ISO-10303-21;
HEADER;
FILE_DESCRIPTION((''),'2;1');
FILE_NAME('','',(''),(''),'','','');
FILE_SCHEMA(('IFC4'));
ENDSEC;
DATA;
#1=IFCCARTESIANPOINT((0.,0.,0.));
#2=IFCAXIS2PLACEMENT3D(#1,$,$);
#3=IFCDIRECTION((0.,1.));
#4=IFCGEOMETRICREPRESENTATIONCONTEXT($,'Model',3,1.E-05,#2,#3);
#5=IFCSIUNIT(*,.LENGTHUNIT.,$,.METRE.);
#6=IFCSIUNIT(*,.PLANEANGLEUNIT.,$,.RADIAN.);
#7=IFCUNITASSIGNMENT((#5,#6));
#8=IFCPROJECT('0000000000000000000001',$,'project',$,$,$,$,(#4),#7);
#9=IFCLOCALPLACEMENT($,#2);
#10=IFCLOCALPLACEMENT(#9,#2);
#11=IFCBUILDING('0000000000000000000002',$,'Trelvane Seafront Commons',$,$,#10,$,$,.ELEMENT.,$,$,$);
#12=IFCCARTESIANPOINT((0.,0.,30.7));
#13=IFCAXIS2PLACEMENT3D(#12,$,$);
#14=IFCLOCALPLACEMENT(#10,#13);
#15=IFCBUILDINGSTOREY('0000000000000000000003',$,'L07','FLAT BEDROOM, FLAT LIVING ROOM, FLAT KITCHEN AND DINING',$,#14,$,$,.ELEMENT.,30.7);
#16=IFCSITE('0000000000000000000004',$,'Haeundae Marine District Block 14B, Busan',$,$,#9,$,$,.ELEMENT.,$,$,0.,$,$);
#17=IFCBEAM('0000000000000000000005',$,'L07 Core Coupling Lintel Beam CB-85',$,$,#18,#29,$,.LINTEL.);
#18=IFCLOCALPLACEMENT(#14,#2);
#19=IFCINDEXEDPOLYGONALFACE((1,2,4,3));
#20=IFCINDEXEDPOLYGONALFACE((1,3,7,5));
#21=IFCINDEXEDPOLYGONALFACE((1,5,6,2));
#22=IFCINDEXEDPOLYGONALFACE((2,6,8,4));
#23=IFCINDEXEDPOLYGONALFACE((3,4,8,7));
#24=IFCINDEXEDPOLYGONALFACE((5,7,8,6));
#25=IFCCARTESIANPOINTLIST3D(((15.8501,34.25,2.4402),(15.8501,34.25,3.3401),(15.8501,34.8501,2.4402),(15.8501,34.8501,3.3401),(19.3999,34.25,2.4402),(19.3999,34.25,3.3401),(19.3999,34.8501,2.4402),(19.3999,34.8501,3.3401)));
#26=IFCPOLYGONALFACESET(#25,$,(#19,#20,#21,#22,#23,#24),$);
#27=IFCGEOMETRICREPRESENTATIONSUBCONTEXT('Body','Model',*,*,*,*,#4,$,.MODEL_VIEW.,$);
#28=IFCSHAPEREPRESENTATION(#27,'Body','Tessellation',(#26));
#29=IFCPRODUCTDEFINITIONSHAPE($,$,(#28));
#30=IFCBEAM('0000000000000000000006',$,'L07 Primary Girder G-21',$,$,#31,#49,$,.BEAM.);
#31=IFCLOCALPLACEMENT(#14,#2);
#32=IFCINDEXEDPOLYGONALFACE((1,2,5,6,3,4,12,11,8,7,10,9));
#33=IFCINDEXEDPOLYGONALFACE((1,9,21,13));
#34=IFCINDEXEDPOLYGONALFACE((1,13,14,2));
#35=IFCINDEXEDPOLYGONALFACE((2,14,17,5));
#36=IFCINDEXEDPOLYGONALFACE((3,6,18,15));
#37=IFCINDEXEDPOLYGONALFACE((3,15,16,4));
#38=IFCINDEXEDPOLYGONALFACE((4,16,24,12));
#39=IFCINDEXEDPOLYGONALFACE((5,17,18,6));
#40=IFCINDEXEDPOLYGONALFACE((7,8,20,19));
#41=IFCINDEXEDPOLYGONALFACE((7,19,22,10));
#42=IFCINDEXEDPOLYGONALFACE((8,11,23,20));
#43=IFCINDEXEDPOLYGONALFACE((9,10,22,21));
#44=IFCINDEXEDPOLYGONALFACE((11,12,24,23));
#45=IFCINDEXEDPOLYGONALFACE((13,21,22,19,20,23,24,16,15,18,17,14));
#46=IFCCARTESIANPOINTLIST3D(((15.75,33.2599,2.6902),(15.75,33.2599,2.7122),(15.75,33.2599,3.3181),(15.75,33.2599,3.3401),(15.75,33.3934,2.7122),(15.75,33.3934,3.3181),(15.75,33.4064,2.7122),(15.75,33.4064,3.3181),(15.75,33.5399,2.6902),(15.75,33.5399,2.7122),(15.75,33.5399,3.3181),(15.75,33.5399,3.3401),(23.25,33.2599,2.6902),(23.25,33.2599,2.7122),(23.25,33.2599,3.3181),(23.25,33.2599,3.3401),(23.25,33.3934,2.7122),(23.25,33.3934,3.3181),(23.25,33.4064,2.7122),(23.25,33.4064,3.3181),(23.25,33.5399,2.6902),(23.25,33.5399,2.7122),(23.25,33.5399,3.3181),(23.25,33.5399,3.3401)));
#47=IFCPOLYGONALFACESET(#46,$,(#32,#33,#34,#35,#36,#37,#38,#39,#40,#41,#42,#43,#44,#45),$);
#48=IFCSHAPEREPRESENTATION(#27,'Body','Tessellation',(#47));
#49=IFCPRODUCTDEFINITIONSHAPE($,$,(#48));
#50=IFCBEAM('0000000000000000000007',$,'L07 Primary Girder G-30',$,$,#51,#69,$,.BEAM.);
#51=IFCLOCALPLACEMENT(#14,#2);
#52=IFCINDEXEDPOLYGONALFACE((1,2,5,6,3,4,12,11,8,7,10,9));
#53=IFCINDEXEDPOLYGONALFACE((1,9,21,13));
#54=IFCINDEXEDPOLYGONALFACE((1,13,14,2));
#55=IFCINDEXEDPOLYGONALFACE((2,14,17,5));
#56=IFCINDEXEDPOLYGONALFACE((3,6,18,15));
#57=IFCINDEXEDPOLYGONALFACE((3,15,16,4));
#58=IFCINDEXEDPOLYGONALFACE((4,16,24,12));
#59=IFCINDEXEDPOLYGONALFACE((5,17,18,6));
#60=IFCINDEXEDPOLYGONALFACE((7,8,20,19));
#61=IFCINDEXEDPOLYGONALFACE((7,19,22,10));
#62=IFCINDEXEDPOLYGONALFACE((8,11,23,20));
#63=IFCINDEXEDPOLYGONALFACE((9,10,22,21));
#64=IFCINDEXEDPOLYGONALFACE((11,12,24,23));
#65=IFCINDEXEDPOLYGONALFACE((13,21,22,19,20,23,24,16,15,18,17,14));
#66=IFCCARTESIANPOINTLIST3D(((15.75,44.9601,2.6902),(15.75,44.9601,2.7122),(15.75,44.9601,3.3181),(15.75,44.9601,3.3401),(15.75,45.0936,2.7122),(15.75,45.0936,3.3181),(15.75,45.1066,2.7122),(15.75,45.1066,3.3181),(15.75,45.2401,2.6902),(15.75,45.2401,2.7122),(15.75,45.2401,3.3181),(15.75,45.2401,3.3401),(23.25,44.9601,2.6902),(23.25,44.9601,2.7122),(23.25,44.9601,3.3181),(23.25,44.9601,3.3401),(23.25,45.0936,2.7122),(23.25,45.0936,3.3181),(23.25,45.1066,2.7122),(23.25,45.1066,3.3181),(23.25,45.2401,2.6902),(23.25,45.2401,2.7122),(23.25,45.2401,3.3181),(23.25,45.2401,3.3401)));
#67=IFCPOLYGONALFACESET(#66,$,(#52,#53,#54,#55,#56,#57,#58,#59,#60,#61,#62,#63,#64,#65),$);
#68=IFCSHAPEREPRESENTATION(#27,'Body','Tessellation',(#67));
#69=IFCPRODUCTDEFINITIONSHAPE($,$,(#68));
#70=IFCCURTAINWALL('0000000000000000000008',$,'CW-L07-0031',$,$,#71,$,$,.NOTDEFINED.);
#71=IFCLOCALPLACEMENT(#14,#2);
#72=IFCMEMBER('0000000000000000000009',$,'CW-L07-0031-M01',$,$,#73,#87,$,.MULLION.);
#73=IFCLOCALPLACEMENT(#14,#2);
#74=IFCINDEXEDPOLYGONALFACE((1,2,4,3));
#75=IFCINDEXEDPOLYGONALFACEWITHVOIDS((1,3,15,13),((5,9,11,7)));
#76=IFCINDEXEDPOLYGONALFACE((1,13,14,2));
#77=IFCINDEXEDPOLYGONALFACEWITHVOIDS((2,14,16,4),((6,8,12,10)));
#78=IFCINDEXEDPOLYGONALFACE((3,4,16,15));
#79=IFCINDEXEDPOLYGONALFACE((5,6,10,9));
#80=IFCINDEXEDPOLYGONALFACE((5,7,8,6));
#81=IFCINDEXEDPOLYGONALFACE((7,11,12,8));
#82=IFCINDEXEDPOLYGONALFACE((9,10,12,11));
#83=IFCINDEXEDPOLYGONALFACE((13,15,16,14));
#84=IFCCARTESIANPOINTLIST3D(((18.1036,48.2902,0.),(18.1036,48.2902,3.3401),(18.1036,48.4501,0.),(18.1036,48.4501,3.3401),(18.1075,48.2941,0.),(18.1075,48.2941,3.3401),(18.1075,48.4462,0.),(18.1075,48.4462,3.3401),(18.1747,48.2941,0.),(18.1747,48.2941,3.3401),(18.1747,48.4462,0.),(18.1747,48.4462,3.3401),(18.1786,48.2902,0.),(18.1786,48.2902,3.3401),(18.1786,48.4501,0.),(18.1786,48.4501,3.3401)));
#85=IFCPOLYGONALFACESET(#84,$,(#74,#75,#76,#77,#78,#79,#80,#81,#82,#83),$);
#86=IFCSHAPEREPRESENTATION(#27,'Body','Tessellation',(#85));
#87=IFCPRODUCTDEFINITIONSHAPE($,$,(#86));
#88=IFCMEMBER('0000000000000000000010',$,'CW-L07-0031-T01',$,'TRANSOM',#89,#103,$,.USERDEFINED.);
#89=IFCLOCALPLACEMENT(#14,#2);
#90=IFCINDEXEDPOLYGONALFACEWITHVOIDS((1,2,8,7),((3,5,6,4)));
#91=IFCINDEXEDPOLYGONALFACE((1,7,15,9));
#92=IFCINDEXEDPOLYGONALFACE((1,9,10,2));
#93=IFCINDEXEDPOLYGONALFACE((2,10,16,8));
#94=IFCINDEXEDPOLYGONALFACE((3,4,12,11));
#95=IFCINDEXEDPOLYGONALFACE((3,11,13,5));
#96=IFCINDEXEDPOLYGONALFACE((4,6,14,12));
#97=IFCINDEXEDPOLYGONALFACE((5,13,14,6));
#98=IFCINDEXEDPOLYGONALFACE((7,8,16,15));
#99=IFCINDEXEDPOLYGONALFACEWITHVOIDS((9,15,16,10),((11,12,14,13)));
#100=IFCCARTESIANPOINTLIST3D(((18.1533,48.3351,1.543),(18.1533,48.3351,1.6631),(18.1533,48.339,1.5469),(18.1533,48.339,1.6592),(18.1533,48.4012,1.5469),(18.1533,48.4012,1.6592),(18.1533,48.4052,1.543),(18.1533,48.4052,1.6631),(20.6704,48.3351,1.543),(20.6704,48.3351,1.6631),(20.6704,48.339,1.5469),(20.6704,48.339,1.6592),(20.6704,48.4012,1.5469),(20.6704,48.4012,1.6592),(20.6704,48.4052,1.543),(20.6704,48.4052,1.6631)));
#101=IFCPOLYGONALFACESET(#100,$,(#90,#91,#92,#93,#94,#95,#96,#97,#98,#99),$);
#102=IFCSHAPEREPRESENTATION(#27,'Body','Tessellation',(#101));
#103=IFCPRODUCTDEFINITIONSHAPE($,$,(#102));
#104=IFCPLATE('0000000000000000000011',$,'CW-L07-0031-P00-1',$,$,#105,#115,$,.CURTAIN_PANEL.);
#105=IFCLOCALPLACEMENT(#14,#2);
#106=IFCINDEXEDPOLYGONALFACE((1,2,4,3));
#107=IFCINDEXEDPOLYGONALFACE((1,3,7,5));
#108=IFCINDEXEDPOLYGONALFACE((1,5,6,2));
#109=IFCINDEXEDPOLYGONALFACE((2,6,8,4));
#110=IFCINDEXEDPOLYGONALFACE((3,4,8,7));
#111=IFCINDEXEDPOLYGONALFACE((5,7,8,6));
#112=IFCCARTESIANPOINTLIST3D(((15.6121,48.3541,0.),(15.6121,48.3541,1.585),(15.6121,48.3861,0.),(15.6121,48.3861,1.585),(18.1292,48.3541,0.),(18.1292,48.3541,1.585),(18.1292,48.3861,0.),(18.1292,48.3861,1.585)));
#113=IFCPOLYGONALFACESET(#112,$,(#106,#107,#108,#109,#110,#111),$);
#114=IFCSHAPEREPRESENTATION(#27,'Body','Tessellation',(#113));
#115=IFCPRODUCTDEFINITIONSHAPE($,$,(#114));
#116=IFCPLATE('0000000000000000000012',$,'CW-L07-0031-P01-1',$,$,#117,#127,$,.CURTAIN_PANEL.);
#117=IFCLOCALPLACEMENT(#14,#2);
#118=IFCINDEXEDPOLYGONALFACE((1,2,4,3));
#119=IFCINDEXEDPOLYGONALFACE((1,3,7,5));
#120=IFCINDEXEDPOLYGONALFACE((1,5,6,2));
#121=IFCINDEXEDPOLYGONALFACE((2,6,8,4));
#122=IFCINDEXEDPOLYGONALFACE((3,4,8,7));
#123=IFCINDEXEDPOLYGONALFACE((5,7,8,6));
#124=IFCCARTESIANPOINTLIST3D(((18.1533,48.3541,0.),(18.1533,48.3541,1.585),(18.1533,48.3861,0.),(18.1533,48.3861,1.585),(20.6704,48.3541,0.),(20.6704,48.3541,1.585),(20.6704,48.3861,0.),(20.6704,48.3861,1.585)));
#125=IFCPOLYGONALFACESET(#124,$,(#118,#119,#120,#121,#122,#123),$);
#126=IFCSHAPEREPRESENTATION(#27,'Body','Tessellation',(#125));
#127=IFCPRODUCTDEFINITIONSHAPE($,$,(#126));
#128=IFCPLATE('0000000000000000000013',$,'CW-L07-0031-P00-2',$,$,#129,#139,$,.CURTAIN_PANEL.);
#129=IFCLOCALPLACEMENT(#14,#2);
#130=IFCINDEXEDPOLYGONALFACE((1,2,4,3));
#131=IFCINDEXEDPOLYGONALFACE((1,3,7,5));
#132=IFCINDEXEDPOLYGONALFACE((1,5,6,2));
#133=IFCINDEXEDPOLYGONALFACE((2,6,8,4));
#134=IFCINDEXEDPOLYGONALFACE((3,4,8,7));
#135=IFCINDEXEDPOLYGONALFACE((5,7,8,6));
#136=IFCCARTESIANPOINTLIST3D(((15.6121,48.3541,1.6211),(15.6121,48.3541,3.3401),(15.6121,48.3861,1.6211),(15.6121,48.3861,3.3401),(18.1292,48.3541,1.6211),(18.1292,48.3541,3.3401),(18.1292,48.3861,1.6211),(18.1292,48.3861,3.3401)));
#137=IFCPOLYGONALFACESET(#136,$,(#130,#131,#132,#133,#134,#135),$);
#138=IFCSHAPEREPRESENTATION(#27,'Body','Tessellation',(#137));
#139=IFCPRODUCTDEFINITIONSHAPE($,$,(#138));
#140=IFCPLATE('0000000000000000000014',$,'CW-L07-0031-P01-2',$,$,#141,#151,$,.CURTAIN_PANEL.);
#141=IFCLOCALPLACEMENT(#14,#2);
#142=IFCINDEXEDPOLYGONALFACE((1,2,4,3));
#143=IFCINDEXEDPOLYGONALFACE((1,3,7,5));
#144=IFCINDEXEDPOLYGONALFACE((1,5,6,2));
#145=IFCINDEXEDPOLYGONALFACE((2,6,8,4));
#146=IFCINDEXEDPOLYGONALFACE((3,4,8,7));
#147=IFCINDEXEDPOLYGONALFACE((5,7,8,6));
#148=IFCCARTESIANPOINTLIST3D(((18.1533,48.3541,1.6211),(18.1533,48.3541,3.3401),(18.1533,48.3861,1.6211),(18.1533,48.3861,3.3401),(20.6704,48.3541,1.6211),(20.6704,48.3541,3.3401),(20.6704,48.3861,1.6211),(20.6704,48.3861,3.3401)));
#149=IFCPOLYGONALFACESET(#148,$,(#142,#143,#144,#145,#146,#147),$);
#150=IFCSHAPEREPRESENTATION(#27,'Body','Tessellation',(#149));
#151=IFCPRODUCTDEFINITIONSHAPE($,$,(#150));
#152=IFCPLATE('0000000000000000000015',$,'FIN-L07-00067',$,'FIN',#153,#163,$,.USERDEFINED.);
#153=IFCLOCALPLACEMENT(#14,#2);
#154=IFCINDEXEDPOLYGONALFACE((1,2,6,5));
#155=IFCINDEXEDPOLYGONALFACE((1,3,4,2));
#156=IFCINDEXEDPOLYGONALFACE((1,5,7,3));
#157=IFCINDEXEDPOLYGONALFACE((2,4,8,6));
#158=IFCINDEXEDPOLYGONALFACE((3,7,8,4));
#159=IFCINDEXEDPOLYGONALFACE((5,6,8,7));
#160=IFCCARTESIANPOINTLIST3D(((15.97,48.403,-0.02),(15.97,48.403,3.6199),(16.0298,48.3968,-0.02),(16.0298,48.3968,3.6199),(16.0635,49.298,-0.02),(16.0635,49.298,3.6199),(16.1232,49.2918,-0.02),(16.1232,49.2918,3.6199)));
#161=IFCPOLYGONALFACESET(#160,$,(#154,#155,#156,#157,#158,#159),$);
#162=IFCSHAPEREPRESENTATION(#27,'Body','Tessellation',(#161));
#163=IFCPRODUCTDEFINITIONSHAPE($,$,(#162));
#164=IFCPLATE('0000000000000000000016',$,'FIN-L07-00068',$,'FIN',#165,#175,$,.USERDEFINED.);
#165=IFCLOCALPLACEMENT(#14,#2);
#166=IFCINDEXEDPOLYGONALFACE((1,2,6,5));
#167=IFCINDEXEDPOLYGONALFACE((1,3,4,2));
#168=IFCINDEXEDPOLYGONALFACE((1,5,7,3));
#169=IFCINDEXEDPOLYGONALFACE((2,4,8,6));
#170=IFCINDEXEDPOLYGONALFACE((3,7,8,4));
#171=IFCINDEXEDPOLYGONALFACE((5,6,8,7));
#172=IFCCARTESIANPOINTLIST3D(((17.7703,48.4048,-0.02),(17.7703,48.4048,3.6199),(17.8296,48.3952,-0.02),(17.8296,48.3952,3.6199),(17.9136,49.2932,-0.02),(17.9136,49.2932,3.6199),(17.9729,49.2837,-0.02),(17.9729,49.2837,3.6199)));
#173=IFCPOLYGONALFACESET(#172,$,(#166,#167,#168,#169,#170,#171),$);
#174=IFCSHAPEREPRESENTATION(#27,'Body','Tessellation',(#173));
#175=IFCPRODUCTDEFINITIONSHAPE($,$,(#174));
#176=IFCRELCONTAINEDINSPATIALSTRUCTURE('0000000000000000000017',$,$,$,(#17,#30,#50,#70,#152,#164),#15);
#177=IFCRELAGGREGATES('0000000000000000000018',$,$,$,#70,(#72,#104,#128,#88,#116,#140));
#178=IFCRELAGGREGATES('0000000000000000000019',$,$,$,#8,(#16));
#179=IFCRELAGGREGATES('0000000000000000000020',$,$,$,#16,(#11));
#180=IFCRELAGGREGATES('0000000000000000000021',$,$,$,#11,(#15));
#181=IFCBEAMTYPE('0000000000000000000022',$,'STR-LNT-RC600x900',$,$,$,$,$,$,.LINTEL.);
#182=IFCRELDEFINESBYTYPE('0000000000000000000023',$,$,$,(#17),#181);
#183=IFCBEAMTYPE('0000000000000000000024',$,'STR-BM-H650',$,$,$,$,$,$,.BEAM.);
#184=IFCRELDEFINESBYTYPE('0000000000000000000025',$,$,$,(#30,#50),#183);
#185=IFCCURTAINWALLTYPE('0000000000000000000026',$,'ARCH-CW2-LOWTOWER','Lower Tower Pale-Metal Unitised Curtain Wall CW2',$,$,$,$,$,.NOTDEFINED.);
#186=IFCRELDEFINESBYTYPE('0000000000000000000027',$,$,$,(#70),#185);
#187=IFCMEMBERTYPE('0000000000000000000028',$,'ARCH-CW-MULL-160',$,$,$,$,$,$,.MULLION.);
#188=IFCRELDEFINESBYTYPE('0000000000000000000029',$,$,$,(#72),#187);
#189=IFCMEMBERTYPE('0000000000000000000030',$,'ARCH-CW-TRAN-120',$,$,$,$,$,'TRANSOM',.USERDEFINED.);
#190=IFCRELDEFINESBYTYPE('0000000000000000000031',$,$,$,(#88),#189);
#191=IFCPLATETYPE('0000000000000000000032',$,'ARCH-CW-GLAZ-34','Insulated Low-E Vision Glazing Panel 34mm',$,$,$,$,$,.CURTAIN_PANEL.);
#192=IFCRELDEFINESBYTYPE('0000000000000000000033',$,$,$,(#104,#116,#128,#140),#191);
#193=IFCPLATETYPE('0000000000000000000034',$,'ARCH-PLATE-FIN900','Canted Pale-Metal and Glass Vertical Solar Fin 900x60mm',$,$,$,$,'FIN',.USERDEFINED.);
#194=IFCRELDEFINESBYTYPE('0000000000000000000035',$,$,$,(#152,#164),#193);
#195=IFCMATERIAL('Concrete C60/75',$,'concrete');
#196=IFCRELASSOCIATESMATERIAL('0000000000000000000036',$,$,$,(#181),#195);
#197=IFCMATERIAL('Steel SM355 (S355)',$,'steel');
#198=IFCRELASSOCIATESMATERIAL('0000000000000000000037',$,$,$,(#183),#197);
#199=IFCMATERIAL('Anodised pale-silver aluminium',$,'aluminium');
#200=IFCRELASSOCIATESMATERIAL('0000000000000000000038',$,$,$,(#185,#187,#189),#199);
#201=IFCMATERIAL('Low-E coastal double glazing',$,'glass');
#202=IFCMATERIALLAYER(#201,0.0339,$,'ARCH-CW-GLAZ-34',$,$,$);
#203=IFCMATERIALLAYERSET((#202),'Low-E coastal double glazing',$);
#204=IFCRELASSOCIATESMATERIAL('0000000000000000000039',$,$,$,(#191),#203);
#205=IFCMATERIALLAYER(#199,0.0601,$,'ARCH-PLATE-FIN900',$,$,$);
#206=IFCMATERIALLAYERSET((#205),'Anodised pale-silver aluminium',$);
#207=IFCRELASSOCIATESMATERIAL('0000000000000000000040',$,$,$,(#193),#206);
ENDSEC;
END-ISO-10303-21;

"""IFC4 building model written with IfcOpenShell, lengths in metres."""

from ifc_helpers import new_model, si_unit, direction, frame, origin, origin_2d, place, context, subcontext, project, spatial, rectangle, hollow_rectangle, i_section, extrude, source, transform, mapped, material, layer, layer_set, material_profile, profile_set, type_object, element, aggregate, save


model = new_model("IFC4")

# Units and contexts
model_context = context("Model", 3, precision=1e-05, world=origin(), true_north=direction((0.0, 1.0)))
body_context = subcontext(model_context, "Body", "Model", "MODEL_VIEW")
ifc_project = project(units=[si_unit("LENGTHUNIT", "METRE"), si_unit("PLANEANGLEUNIT", "RADIAN")], contexts=[model_context])

# Site, building, storey
site_placement = place(None, origin())
site = spatial("IfcSite", under=ifc_project, at=site_placement, Name="Haeundae Marine District Block 14B, Busan", CompositionType="ELEMENT", RefElevation=0.0)
building_placement = place(site_placement, origin())
building = spatial("IfcBuilding", under=site, at=building_placement, Name="Trelvane Seafront Commons", CompositionType="ELEMENT")
storey_placement = place(building_placement, frame((0.0, 0.0, 30.7)))
storey = spatial("IfcBuildingStorey", under=building, at=storey_placement, Name="L07", Description="FLAT BEDROOM, FLAT LIVING ROOM, FLAT KITCHEN AND DINING", CompositionType="ELEMENT", Elevation=30.7)

# Beams
ifc_material_1 = material(Name="Concrete C60/75", Category="concrete")
ifc_material_profile_1 = material_profile(ifc_material_1, rectangle(XDim=0.6001, YDim=0.8999, at=origin_2d()), Name="RC-600x900")
ifc_profile_set_1 = profile_set([ifc_material_profile_1], Name="Concrete C60/75")
beam_type_1 = type_object("IfcBeamType", Name="STR-LNT-RC600x900", PredefinedType="LINTEL", material=ifc_profile_set_1)
shared_shape_1 = source(origin(), body_context, "Body", "SweptSolid", [
    extrude(rectangle(XDim=0.6001, YDim=0.8999, at=origin_2d()), origin(), (0.0, 0.0, 1.0), 3.5498),
])
beam_placement = place(storey_placement, frame((15.8501, 34.55, 2.8901), z_axis=(1.0, 0.0, 0.0), x_axis=(0.0, 1.0, 0.0)))
element("IfcBeam", 1, at=beam_placement, inside=storey, type_object=beam_type_1, Name="L07 Core Coupling Lintel Beam CB-85", PredefinedType="LINTEL", context=body_context, shape_type="MappedRepresentation", body=[
    mapped(shared_shape_1, transform((0.0, 0.0, 0.0), x_axis=(1.0, 0.0, 0.0), y_axis=(0.0, 1.0, 0.0), z_axis=(0.0, 0.0, 1.0), scale=1.0)),
])
ifc_material_2 = material(Name="Steel SM355 (S355)", Category="steel")
ifc_material_profile_2 = material_profile(ifc_material_2, i_section(OverallWidth=0.28, OverallDepth=0.6499, WebThickness=0.0129, FlangeThickness=0.022, at=origin_2d()), Name="H-650x280x13x22")
ifc_profile_set_2 = profile_set([ifc_material_profile_2], Name="Steel SM355 (S355)")
beam_type_2 = type_object("IfcBeamType", Name="STR-BM-H650", PredefinedType="BEAM", material=ifc_profile_set_2)
shared_shape_2 = source(origin(), body_context, "Body", "SweptSolid", [
    extrude(i_section(OverallWidth=0.28, OverallDepth=0.6499, WebThickness=0.0129, FlangeThickness=0.022, at=origin_2d()), origin(), (0.0, 0.0, 1.0), 7.5),
])
for number, where, z_axis, x_axis, name in (
    (2, (15.75, 33.3999, 3.0151), (1.0, 0.0, 0.0), (0.0, 1.0, 0.0), "L07 Primary Girder G-21"),
    (3, (15.75, 45.1001, 3.0151), (1.0, 0.0, 0.0), (0.0, 1.0, 0.0), "L07 Primary Girder G-30"),
):
    element("IfcBeam", number, at=place(storey_placement, frame(where, z_axis=z_axis, x_axis=x_axis)), inside=storey, type_object=beam_type_2, Name=name, PredefinedType="BEAM", context=body_context, shape_type="MappedRepresentation", body=[
        mapped(shared_shape_2, transform((0.0, 0.0, 0.0), x_axis=(1.0, 0.0, 0.0), y_axis=(0.0, 1.0, 0.0), z_axis=(0.0, 0.0, 1.0), scale=1.0)),
    ])

# Curtain wall, members, plates
ifc_material_3 = material(Name="Anodised pale-silver aluminium", Category="aluminium")
curtain_wall_type = type_object("IfcCurtainWallType", Name="ARCH-CW2-LOWTOWER", Description="Lower Tower Pale-Metal Unitised Curtain Wall CW2", PredefinedType="NOTDEFINED", material=ifc_material_3)
curtain_wall_placement = place(storey_placement, origin())
curtain_wall = element("IfcCurtainWall", 4, at=curtain_wall_placement, inside=storey, type_object=curtain_wall_type, Name="CW-L07-0031", PredefinedType="NOTDEFINED")
ifc_material_profile_3 = material_profile(ifc_material_3, hollow_rectangle(XDim=0.075, YDim=0.1599, WallThickness=0.0039, at=origin_2d()), Name="MULL-75x160x4")
ifc_profile_set_3 = profile_set([ifc_material_profile_3], Name="Anodised pale-silver aluminium")
member_type_1 = type_object("IfcMemberType", Name="ARCH-CW-MULL-160", PredefinedType="MULLION", material=ifc_profile_set_3)
shared_shape_3 = source(origin(), body_context, "Body", "SweptSolid", [
    extrude(hollow_rectangle(XDim=0.075, YDim=0.1599, WallThickness=0.0039, at=origin_2d()), origin(), (0.0, 0.0, 1.0), 3.3401),
])
member_1_placement = place(storey_placement, frame((18.1411, 48.3701, 0.0), z_axis=(0.0, 0.0, 1.0), x_axis=(1.0, 0.0, 0.0)))
member_1 = element("IfcMember", 5, at=member_1_placement, type_object=member_type_1, Name="CW-L07-0031-M01", PredefinedType="MULLION", context=body_context, shape_type="MappedRepresentation", body=[
    mapped(shared_shape_3, transform((0.0, 0.0, 0.0), x_axis=(1.0, 0.0, 0.0), y_axis=(0.0, 1.0, 0.0), z_axis=(0.0, 0.0, 1.0), scale=1.0)),
])
ifc_material_profile_4 = material_profile(ifc_material_3, hollow_rectangle(XDim=0.0701, YDim=0.1201, WallThickness=0.0039, at=origin_2d()), Name="TRAN-70x120x4")
ifc_profile_set_4 = profile_set([ifc_material_profile_4], Name="Anodised pale-silver aluminium")
member_type_2 = type_object("IfcMemberType", Name="ARCH-CW-TRAN-120", ElementType="TRANSOM", PredefinedType="USERDEFINED", material=ifc_profile_set_4)
shared_shape_4 = source(origin(), body_context, "Body", "SweptSolid", [
    extrude(hollow_rectangle(XDim=0.0701, YDim=0.1201, WallThickness=0.0039, at=origin_2d()), origin(), (0.0, 0.0, 1.0), 2.5171),
])
member_2_placement = place(storey_placement, frame((18.1533, 48.3701, 1.603), z_axis=(1.0, 0.0, 0.0), x_axis=(0.0, 1.0, 0.0)))
member_2 = element("IfcMember", 6, at=member_2_placement, type_object=member_type_2, Name="CW-L07-0031-T01", ObjectType="TRANSOM", PredefinedType="USERDEFINED", context=body_context, shape_type="MappedRepresentation", body=[
    mapped(shared_shape_4, transform((0.0, 0.0, 0.0), x_axis=(1.0, 0.0, 0.0), y_axis=(0.0, 1.0, 0.0), z_axis=(0.0, 0.0, 1.0), scale=1.0)),
])
ifc_material_4 = material(Name="Low-E coastal double glazing", Category="glass")
ifc_layer_1 = layer(ifc_material_4, 0.0339, Name="ARCH-CW-GLAZ-34")
ifc_layer_set_1 = layer_set([ifc_layer_1], Name="Low-E coastal double glazing")
plate_type_1 = type_object("IfcPlateType", Name="ARCH-CW-GLAZ-34", Description="Insulated Low-E Vision Glazing Panel 34mm", PredefinedType="CURTAIN_PANEL", material=ifc_layer_set_1)
shared_shape_5 = source(origin(), body_context, "Body", "SweptSolid", [
    extrude(rectangle(XDim=2.5171, YDim=0.032, at=origin_2d()), origin(), (0.0, 0.0, 1.0), 1.585),
])
plate_1_placement = place(storey_placement, frame((16.8706, 48.3701, 0.0), z_axis=(0.0, 0.0, 1.0), x_axis=(1.0, 0.0, 0.0)))
plate_1 = element("IfcPlate", 7, at=plate_1_placement, type_object=plate_type_1, Name="CW-L07-0031-P00-1", PredefinedType="CURTAIN_PANEL", context=body_context, shape_type="MappedRepresentation", body=[
    mapped(shared_shape_5, transform((0.0, 0.0, 0.0), x_axis=(1.0, 0.0, 0.0), y_axis=(0.0, 1.0, 0.0), z_axis=(0.0, 0.0, 1.0), scale=1.0)),
])
plate_2_placement = place(storey_placement, frame((19.4119, 48.3701, 0.0), z_axis=(0.0, 0.0, 1.0), x_axis=(1.0, 0.0, 0.0)))
plate_2 = element("IfcPlate", 8, at=plate_2_placement, type_object=plate_type_1, Name="CW-L07-0031-P01-1", PredefinedType="CURTAIN_PANEL", context=body_context, shape_type="MappedRepresentation", body=[
    mapped(shared_shape_5, transform((0.0, 0.0, 0.0), x_axis=(1.0, 0.0, 0.0), y_axis=(0.0, 1.0, 0.0), z_axis=(0.0, 0.0, 1.0), scale=1.0)),
])
shared_shape_6 = source(origin(), body_context, "Body", "SweptSolid", [
    extrude(rectangle(XDim=2.5171, YDim=0.032, at=origin_2d()), origin(), (0.0, 0.0, 1.0), 1.719),
])
plate_3_placement = place(storey_placement, frame((16.8706, 48.3701, 1.6211), z_axis=(0.0, 0.0, 1.0), x_axis=(1.0, 0.0, 0.0)))
plate_3 = element("IfcPlate", 9, at=plate_3_placement, type_object=plate_type_1, Name="CW-L07-0031-P00-2", PredefinedType="CURTAIN_PANEL", context=body_context, shape_type="MappedRepresentation", body=[
    mapped(shared_shape_6, transform((0.0, 0.0, 0.0), x_axis=(1.0, 0.0, 0.0), y_axis=(0.0, 1.0, 0.0), z_axis=(0.0, 0.0, 1.0), scale=1.0)),
])
plate_4_placement = place(storey_placement, frame((19.4119, 48.3701, 1.6211), z_axis=(0.0, 0.0, 1.0), x_axis=(1.0, 0.0, 0.0)))
plate_4 = element("IfcPlate", 10, at=plate_4_placement, type_object=plate_type_1, Name="CW-L07-0031-P01-2", PredefinedType="CURTAIN_PANEL", context=body_context, shape_type="MappedRepresentation", body=[
    mapped(shared_shape_6, transform((0.0, 0.0, 0.0), x_axis=(1.0, 0.0, 0.0), y_axis=(0.0, 1.0, 0.0), z_axis=(0.0, 0.0, 1.0), scale=1.0)),
])
aggregate(curtain_wall, [member_1, plate_1, plate_3, member_2, plate_2, plate_4])

# Plates
ifc_layer_2 = layer(ifc_material_3, 0.0601, Name="ARCH-PLATE-FIN900")
ifc_layer_set_2 = layer_set([ifc_layer_2], Name="Anodised pale-silver aluminium")
plate_type_2 = type_object("IfcPlateType", Name="ARCH-PLATE-FIN900", Description="Canted Pale-Metal and Glass Vertical Solar Fin 900x60mm", ElementType="FIN", PredefinedType="USERDEFINED", material=ifc_layer_set_2)
shared_shape_7 = source(origin(), body_context, "Body", "SweptSolid", [
    extrude(rectangle(XDim=0.8999, YDim=0.0601, at=origin_2d()), origin(), (0.0, 0.0, 1.0), 3.6399),
])
for number, where, z_axis, x_axis, name in (
    (11, (16.0466, 48.8474, -0.02), (0.0, 0.0, 1.0), (0.103893, 0.994588, 0.0), "FIN-L07-00067"),
    (12, (17.8716, 48.8442, -0.02), (0.0, 0.0, 1.0), (0.159225, 0.987242, 0.0), "FIN-L07-00068"),
):
    element("IfcPlate", number, at=place(storey_placement, frame(where, z_axis=z_axis, x_axis=x_axis)), inside=storey, type_object=plate_type_2, Name=name, ObjectType="FIN", PredefinedType="USERDEFINED", context=body_context, shape_type="MappedRepresentation", body=[
        mapped(shared_shape_7, transform((0.0, 0.0, 0.0), x_axis=(1.0, 0.0, 0.0), y_axis=(0.0, 1.0, 0.0), z_axis=(0.0, 0.0, 1.0), scale=1.0)),
    ])

save(model, "model.ifc")
